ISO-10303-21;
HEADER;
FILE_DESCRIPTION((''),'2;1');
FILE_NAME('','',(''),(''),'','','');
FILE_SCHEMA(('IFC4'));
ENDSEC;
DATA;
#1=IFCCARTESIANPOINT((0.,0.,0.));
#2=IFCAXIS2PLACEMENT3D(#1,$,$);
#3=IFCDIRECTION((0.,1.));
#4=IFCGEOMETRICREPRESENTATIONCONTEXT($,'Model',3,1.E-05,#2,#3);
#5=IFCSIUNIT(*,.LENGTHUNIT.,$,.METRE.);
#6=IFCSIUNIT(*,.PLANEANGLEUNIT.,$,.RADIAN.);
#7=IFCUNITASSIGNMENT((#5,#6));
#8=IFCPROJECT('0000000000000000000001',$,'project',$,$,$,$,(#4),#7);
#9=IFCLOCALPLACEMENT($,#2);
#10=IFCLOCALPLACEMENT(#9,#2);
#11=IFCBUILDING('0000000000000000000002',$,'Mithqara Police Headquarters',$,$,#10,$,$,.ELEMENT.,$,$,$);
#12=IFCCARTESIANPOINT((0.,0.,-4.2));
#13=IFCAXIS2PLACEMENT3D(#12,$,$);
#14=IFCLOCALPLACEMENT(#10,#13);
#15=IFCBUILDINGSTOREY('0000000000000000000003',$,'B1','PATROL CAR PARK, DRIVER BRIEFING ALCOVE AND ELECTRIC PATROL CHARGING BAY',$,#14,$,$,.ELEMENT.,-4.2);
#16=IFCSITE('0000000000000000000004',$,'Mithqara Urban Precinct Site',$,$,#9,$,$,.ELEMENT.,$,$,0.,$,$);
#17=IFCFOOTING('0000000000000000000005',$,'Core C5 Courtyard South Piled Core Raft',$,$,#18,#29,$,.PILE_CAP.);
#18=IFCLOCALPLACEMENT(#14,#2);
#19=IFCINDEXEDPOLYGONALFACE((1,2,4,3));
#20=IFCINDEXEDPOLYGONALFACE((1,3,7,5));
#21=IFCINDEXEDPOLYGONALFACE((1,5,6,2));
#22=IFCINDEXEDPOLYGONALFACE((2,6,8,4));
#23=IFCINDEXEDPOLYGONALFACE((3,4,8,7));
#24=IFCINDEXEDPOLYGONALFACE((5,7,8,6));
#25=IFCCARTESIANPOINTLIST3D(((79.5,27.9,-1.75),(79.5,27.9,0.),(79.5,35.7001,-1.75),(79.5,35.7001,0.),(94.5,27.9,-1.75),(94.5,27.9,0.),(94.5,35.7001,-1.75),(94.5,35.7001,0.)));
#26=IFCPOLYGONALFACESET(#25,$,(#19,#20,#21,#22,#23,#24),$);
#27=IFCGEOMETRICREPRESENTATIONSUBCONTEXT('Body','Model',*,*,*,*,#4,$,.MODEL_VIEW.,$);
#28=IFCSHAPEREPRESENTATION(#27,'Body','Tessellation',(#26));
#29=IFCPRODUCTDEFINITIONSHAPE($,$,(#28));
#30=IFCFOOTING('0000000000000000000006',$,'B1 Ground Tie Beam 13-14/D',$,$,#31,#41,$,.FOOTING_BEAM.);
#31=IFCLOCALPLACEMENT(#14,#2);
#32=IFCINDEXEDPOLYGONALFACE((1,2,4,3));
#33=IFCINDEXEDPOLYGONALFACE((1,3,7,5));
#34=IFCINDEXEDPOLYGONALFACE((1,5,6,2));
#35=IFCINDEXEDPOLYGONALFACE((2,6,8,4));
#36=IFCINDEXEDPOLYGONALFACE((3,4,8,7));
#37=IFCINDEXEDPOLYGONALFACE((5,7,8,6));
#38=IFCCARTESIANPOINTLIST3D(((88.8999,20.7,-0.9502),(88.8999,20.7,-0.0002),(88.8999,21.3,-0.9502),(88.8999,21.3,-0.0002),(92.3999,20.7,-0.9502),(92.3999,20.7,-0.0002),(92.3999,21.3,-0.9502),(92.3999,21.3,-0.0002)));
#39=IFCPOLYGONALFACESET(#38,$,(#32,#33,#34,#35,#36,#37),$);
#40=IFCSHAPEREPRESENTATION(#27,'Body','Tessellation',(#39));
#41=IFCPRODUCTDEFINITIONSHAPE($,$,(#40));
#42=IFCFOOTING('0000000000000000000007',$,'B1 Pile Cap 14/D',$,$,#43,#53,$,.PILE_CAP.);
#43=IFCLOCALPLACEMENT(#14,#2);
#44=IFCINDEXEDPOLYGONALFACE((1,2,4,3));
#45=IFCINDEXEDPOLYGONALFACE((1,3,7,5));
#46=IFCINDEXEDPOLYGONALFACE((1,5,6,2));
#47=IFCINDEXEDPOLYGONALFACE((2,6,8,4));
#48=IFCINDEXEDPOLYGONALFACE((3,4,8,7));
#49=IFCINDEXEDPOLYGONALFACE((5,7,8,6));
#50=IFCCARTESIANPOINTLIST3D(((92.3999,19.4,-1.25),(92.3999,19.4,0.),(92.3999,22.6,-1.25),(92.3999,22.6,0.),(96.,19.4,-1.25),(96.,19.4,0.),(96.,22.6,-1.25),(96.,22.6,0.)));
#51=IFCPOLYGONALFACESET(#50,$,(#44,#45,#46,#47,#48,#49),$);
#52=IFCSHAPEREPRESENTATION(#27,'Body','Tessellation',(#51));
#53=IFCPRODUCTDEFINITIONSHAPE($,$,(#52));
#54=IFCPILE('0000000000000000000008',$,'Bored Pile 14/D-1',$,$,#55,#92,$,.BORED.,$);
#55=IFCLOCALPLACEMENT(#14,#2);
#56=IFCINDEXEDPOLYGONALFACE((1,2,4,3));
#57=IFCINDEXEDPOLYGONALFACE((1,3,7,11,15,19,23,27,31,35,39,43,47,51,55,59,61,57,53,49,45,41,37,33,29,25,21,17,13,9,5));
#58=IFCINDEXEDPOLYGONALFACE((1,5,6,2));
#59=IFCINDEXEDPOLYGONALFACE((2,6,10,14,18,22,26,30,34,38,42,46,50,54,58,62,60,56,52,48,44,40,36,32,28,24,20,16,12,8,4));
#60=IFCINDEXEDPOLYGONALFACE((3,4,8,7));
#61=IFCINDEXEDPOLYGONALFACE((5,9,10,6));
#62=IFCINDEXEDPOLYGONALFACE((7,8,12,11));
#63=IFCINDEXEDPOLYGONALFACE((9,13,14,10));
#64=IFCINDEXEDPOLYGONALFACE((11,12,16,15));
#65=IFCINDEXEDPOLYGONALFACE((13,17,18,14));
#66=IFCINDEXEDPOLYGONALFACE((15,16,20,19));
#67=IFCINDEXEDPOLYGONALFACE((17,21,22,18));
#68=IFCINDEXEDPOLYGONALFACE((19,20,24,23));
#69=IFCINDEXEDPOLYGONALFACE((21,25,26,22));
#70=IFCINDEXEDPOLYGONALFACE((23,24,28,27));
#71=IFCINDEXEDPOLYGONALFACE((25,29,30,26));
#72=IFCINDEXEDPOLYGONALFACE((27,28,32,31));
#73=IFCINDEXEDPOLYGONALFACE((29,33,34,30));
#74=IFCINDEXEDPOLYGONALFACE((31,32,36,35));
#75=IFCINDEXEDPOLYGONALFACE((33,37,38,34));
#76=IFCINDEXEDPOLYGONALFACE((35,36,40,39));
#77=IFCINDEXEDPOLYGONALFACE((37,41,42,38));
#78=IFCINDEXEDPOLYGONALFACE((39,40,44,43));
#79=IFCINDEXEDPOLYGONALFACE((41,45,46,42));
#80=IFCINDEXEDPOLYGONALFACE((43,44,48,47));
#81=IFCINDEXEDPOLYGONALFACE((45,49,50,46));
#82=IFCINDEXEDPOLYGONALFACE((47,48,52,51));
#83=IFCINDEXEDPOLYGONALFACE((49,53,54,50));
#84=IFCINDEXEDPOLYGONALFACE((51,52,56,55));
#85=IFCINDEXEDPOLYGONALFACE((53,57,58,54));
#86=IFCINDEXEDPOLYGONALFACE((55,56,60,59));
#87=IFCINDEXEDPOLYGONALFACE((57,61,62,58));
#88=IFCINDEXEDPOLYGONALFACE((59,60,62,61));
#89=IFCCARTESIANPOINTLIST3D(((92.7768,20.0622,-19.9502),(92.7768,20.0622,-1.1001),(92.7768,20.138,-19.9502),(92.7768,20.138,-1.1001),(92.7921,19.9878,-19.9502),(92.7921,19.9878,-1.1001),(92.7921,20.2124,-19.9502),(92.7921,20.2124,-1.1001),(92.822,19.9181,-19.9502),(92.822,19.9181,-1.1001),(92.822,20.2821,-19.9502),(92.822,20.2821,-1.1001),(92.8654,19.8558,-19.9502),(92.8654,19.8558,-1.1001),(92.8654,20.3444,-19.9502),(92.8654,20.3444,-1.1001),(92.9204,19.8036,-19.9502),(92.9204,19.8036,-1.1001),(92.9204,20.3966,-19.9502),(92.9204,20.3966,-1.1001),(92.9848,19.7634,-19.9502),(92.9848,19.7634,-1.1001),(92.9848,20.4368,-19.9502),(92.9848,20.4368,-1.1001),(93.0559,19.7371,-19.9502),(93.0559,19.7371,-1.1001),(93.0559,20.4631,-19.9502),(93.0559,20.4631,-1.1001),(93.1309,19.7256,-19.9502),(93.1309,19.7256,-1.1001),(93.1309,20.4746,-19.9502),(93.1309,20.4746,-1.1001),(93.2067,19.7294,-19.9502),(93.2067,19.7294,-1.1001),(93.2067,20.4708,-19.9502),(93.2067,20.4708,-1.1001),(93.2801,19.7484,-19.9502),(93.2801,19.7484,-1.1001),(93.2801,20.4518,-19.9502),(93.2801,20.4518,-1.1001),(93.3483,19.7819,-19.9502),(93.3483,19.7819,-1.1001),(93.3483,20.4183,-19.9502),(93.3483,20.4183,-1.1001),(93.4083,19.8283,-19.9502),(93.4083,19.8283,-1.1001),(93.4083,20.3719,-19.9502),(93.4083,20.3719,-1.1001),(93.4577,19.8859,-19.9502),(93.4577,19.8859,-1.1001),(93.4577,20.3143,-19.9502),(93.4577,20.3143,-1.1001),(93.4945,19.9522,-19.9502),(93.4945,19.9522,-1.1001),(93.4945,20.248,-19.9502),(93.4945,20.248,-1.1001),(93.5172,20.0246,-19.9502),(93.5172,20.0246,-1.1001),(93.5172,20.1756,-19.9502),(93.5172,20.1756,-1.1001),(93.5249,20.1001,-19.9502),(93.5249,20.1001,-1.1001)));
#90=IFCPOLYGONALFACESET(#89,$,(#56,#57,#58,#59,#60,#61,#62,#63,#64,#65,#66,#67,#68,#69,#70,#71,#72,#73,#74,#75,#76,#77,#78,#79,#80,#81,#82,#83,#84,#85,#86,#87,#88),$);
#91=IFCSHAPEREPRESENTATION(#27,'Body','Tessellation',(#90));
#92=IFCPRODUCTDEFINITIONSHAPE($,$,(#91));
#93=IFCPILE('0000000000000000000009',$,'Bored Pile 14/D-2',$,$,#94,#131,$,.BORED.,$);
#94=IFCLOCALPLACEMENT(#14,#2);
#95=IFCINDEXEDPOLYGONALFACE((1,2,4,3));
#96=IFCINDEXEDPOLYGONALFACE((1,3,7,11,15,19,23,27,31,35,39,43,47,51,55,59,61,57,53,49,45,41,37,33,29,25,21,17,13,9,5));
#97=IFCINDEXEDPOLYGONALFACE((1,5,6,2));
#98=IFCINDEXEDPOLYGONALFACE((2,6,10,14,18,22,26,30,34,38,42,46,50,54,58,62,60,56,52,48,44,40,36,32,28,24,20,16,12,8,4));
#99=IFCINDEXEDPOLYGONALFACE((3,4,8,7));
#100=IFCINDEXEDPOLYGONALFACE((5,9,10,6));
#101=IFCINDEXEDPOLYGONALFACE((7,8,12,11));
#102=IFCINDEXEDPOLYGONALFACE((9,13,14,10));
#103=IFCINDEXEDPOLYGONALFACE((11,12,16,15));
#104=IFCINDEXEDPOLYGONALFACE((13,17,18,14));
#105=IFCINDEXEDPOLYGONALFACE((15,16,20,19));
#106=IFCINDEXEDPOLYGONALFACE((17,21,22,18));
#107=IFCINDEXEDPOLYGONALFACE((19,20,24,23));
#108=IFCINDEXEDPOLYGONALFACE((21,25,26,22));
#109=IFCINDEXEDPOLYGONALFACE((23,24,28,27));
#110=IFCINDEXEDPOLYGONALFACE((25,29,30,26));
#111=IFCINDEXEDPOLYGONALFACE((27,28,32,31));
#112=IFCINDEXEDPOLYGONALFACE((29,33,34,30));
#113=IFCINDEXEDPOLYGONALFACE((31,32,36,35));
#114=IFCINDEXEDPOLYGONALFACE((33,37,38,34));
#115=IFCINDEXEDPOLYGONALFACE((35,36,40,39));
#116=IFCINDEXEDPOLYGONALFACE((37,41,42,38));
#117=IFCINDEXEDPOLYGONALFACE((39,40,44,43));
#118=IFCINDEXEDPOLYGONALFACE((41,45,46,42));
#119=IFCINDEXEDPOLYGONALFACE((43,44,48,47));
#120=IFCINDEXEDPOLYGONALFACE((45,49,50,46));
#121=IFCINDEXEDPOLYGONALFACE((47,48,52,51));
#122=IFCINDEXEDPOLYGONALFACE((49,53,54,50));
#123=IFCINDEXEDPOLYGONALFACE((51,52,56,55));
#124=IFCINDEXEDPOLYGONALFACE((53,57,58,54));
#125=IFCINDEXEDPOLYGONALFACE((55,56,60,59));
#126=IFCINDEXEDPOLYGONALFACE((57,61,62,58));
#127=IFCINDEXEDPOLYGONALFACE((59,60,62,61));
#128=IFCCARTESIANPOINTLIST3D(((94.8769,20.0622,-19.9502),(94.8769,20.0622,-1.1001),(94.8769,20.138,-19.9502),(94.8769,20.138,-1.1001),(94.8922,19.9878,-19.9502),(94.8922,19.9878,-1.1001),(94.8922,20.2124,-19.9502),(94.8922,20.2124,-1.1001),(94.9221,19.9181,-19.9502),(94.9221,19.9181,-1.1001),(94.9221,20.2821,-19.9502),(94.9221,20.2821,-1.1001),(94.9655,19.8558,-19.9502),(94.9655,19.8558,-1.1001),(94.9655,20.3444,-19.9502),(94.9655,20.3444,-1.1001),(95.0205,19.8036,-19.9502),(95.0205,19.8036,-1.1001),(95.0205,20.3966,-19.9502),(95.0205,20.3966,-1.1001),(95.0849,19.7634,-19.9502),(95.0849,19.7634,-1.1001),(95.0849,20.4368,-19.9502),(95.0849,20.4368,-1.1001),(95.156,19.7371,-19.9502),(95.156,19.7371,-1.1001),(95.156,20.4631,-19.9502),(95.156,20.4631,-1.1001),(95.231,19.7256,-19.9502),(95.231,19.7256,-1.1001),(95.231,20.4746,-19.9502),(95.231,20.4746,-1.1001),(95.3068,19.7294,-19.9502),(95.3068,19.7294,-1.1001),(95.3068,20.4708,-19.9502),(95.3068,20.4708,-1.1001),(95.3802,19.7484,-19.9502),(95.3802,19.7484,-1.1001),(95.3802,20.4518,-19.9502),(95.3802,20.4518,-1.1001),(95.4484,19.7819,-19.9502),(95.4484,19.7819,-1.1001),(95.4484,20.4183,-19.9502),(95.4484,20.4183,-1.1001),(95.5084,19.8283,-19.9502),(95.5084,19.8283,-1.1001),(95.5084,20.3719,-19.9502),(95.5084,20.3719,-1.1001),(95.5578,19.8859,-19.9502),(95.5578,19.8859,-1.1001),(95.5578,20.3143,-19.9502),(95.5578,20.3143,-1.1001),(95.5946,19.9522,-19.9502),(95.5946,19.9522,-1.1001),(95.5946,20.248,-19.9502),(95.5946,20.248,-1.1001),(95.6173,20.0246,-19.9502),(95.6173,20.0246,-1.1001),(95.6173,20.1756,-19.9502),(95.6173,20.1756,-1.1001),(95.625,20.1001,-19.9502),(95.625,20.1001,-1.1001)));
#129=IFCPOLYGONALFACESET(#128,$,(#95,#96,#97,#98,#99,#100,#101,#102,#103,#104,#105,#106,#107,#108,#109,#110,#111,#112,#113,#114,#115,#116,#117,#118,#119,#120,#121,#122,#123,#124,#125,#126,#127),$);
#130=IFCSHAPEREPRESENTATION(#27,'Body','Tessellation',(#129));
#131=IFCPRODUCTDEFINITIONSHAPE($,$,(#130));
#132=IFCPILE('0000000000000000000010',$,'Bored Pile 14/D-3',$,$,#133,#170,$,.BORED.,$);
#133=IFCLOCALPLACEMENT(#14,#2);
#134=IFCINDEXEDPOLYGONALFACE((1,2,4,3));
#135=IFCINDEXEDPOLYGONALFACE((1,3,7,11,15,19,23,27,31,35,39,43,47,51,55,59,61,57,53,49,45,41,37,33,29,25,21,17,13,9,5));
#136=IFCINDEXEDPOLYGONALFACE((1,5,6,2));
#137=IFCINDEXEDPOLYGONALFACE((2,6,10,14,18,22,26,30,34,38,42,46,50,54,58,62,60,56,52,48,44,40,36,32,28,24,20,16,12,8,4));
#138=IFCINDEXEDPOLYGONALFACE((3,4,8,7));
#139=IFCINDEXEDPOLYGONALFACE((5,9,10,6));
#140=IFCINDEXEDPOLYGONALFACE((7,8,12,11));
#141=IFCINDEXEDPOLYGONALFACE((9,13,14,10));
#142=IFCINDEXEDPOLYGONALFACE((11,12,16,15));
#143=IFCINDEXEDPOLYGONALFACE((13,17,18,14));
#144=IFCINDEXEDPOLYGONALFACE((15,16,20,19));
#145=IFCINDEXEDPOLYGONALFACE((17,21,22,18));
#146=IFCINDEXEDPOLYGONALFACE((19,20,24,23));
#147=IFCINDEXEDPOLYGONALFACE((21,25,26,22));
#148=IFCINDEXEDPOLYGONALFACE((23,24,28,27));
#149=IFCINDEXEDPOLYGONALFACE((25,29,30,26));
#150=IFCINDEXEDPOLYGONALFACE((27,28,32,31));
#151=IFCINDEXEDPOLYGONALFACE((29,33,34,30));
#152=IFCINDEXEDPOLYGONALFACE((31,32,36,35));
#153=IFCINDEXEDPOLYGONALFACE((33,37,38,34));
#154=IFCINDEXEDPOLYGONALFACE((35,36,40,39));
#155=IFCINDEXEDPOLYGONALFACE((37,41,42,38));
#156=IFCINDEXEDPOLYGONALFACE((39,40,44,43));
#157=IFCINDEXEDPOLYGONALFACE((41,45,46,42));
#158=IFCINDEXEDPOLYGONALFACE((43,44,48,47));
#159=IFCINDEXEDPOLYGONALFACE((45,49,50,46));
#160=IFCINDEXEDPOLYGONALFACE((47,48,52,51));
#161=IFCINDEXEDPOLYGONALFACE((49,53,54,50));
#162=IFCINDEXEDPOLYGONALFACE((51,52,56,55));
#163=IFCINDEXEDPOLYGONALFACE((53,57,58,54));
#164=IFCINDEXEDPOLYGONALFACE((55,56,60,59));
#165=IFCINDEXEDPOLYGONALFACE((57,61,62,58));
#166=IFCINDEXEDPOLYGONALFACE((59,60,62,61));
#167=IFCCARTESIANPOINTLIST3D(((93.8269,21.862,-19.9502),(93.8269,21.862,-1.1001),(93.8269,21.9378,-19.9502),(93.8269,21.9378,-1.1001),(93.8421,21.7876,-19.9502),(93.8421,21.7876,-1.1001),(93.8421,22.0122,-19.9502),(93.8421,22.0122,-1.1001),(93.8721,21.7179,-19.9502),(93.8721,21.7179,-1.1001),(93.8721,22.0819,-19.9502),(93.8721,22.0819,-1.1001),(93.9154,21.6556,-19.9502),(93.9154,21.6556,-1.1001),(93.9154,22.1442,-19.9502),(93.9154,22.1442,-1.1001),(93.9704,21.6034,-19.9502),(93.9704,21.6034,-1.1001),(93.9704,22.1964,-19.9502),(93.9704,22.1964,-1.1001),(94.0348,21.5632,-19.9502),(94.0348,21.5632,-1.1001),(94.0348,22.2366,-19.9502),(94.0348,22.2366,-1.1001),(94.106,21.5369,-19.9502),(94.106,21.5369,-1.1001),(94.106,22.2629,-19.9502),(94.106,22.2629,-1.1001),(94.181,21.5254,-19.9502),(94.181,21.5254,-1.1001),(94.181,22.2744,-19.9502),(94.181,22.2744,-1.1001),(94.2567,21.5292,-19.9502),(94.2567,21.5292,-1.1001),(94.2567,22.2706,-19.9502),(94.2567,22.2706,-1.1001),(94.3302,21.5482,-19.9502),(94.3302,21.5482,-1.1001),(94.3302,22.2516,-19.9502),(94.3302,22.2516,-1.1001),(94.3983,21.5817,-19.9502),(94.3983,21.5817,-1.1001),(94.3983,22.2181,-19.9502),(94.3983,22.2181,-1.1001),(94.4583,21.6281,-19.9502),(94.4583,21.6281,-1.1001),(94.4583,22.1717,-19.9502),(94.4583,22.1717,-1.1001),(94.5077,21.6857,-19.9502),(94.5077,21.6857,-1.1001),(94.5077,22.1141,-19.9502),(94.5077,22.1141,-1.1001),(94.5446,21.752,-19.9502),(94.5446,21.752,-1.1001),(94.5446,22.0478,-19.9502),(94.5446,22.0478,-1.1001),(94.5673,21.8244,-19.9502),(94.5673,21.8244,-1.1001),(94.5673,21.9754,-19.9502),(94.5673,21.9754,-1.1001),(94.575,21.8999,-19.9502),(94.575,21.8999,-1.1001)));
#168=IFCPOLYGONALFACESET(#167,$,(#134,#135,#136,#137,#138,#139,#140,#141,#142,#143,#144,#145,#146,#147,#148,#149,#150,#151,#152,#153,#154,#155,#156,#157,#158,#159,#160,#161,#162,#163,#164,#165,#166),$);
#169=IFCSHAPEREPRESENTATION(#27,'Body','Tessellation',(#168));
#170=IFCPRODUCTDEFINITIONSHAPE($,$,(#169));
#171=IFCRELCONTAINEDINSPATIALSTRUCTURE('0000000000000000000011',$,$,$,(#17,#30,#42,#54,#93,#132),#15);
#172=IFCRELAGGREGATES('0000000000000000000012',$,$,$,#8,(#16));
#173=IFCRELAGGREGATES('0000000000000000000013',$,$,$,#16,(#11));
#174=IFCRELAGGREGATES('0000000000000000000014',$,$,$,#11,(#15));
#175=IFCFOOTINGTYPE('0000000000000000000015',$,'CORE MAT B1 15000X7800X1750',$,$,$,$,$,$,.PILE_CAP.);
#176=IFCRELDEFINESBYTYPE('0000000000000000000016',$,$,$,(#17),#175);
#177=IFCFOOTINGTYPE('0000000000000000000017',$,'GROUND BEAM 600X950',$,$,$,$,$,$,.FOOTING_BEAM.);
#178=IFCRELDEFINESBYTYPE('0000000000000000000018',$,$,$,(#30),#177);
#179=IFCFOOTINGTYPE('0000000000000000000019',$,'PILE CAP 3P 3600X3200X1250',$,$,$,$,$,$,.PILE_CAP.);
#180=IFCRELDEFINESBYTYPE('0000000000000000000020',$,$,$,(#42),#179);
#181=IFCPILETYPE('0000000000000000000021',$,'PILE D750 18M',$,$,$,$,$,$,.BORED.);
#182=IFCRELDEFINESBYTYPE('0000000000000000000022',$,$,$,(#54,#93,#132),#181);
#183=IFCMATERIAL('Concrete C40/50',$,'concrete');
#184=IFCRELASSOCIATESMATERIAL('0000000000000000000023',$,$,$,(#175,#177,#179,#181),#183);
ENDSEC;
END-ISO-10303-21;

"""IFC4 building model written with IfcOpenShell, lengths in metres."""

from ifc_helpers import new_model, si_unit, direction, frame, origin, origin_2d, place, context, subcontext, project, spatial, rectangle, circle, extrude, material, material_profile, profile_set, type_object, element, save


model = new_model("IFC4")

# Units and contexts
model_context = context("Model", 3, precision=1e-05, world=origin(), true_north=direction((0.0, 1.0)))
body_context = subcontext(model_context, "Body", "Model", "MODEL_VIEW")
ifc_project = project(units=[si_unit("LENGTHUNIT", "METRE"), si_unit("PLANEANGLEUNIT", "RADIAN")], contexts=[model_context])

# Site, building, storey
site_placement = place(None, origin())
site = spatial("IfcSite", under=ifc_project, at=site_placement, Name="Mithqara Urban Precinct Site", CompositionType="ELEMENT", RefElevation=0.0)
building_placement = place(site_placement, origin())
building = spatial("IfcBuilding", under=site, at=building_placement, Name="Mithqara Police Headquarters", CompositionType="ELEMENT")
storey_placement = place(building_placement, frame((0.0, 0.0, -4.2)))
storey = spatial("IfcBuildingStorey", under=building, at=storey_placement, Name="B1", Description="PATROL CAR PARK, DRIVER BRIEFING ALCOVE AND ELECTRIC PATROL CHARGING BAY", CompositionType="ELEMENT", Elevation=-4.2)

# Footings
ifc_material_1 = material(Name="Concrete C40/50", Category="concrete")
footing_type_1 = type_object("IfcFootingType", Name="CORE MAT B1 15000X7800X1750", PredefinedType="PILE_CAP", material=ifc_material_1)
footing_1_placement = place(storey_placement, frame((87.0, 31.8, -1.75), z_axis=(0.0, 0.0, 1.0), x_axis=(1.0, 0.0, 0.0)))
element("IfcFooting", 1, at=footing_1_placement, inside=storey, type_object=footing_type_1, Name="Core C5 Courtyard South Piled Core Raft", PredefinedType="PILE_CAP", context=body_context, shape_type="SweptSolid", body=[
    extrude(rectangle(XDim=15.0, YDim=7.8, at=origin_2d()), origin(), (0.0, 0.0, 1.0), 1.75),
])
footing_type_2 = type_object("IfcFootingType", Name="GROUND BEAM 600X950", PredefinedType="FOOTING_BEAM", material=ifc_material_1)
footing_2_placement = place(storey_placement, frame((90.6499, 21.0, -0.9502), z_axis=(0.0, 0.0, 1.0), x_axis=(1.0, 0.0, 0.0)))
element("IfcFooting", 2, at=footing_2_placement, inside=storey, type_object=footing_type_2, Name="B1 Ground Tie Beam 13-14/D", PredefinedType="FOOTING_BEAM", context=body_context, shape_type="SweptSolid", body=[
    extrude(rectangle(XDim=3.5, YDim=0.6001, at=origin_2d()), origin(), (0.0, 0.0, 1.0), 0.95),
])
footing_type_3 = type_object("IfcFootingType", Name="PILE CAP 3P 3600X3200X1250", PredefinedType="PILE_CAP", material=ifc_material_1)
footing_3_placement = place(storey_placement, frame((94.2, 21.0, -1.25), z_axis=(0.0, 0.0, 1.0), x_axis=(1.0, 0.0, 0.0)))
element("IfcFooting", 3, at=footing_3_placement, inside=storey, type_object=footing_type_3, Name="B1 Pile Cap 14/D", PredefinedType="PILE_CAP", context=body_context, shape_type="SweptSolid", body=[
    extrude(rectangle(XDim=3.6001, YDim=3.2, at=origin_2d()), origin(), (0.0, 0.0, 1.0), 1.25),
])

# Piles
ifc_material_profile_1 = material_profile(ifc_material_1, circle(Radius=0.375, at=origin_2d()), Name="PILE D750")
ifc_profile_set_1 = profile_set([ifc_material_profile_1], Name="Concrete C40/50")
pile_type_1 = type_object("IfcPileType", Name="PILE D750 18M", PredefinedType="BORED", material=ifc_profile_set_1)
for number, where, z_axis, x_axis, name in (
    (4, (93.1499, 20.1001, -1.1001), (0.0, 0.0, -1.0), (1.0, 0.0, 0.0), "Bored Pile 14/D-1"),
    (5, (95.25, 20.1001, -1.1001), (0.0, 0.0, -1.0), (1.0, 0.0, 0.0), "Bored Pile 14/D-2"),
    (6, (94.2, 21.8999, -1.1001), (0.0, 0.0, -1.0), (1.0, 0.0, 0.0), "Bored Pile 14/D-3"),
):
    element("IfcPile", number, at=place(storey_placement, frame(where, z_axis=z_axis, x_axis=x_axis)), inside=storey, type_object=pile_type_1, Name=name, PredefinedType="BORED", context=body_context, shape_type="SweptSolid", body=[
        extrude(circle(Radius=0.375, at=origin_2d()), origin(), (0.0, 0.0, 1.0), 18.8501),
    ])

save(model, "model.ifc")
